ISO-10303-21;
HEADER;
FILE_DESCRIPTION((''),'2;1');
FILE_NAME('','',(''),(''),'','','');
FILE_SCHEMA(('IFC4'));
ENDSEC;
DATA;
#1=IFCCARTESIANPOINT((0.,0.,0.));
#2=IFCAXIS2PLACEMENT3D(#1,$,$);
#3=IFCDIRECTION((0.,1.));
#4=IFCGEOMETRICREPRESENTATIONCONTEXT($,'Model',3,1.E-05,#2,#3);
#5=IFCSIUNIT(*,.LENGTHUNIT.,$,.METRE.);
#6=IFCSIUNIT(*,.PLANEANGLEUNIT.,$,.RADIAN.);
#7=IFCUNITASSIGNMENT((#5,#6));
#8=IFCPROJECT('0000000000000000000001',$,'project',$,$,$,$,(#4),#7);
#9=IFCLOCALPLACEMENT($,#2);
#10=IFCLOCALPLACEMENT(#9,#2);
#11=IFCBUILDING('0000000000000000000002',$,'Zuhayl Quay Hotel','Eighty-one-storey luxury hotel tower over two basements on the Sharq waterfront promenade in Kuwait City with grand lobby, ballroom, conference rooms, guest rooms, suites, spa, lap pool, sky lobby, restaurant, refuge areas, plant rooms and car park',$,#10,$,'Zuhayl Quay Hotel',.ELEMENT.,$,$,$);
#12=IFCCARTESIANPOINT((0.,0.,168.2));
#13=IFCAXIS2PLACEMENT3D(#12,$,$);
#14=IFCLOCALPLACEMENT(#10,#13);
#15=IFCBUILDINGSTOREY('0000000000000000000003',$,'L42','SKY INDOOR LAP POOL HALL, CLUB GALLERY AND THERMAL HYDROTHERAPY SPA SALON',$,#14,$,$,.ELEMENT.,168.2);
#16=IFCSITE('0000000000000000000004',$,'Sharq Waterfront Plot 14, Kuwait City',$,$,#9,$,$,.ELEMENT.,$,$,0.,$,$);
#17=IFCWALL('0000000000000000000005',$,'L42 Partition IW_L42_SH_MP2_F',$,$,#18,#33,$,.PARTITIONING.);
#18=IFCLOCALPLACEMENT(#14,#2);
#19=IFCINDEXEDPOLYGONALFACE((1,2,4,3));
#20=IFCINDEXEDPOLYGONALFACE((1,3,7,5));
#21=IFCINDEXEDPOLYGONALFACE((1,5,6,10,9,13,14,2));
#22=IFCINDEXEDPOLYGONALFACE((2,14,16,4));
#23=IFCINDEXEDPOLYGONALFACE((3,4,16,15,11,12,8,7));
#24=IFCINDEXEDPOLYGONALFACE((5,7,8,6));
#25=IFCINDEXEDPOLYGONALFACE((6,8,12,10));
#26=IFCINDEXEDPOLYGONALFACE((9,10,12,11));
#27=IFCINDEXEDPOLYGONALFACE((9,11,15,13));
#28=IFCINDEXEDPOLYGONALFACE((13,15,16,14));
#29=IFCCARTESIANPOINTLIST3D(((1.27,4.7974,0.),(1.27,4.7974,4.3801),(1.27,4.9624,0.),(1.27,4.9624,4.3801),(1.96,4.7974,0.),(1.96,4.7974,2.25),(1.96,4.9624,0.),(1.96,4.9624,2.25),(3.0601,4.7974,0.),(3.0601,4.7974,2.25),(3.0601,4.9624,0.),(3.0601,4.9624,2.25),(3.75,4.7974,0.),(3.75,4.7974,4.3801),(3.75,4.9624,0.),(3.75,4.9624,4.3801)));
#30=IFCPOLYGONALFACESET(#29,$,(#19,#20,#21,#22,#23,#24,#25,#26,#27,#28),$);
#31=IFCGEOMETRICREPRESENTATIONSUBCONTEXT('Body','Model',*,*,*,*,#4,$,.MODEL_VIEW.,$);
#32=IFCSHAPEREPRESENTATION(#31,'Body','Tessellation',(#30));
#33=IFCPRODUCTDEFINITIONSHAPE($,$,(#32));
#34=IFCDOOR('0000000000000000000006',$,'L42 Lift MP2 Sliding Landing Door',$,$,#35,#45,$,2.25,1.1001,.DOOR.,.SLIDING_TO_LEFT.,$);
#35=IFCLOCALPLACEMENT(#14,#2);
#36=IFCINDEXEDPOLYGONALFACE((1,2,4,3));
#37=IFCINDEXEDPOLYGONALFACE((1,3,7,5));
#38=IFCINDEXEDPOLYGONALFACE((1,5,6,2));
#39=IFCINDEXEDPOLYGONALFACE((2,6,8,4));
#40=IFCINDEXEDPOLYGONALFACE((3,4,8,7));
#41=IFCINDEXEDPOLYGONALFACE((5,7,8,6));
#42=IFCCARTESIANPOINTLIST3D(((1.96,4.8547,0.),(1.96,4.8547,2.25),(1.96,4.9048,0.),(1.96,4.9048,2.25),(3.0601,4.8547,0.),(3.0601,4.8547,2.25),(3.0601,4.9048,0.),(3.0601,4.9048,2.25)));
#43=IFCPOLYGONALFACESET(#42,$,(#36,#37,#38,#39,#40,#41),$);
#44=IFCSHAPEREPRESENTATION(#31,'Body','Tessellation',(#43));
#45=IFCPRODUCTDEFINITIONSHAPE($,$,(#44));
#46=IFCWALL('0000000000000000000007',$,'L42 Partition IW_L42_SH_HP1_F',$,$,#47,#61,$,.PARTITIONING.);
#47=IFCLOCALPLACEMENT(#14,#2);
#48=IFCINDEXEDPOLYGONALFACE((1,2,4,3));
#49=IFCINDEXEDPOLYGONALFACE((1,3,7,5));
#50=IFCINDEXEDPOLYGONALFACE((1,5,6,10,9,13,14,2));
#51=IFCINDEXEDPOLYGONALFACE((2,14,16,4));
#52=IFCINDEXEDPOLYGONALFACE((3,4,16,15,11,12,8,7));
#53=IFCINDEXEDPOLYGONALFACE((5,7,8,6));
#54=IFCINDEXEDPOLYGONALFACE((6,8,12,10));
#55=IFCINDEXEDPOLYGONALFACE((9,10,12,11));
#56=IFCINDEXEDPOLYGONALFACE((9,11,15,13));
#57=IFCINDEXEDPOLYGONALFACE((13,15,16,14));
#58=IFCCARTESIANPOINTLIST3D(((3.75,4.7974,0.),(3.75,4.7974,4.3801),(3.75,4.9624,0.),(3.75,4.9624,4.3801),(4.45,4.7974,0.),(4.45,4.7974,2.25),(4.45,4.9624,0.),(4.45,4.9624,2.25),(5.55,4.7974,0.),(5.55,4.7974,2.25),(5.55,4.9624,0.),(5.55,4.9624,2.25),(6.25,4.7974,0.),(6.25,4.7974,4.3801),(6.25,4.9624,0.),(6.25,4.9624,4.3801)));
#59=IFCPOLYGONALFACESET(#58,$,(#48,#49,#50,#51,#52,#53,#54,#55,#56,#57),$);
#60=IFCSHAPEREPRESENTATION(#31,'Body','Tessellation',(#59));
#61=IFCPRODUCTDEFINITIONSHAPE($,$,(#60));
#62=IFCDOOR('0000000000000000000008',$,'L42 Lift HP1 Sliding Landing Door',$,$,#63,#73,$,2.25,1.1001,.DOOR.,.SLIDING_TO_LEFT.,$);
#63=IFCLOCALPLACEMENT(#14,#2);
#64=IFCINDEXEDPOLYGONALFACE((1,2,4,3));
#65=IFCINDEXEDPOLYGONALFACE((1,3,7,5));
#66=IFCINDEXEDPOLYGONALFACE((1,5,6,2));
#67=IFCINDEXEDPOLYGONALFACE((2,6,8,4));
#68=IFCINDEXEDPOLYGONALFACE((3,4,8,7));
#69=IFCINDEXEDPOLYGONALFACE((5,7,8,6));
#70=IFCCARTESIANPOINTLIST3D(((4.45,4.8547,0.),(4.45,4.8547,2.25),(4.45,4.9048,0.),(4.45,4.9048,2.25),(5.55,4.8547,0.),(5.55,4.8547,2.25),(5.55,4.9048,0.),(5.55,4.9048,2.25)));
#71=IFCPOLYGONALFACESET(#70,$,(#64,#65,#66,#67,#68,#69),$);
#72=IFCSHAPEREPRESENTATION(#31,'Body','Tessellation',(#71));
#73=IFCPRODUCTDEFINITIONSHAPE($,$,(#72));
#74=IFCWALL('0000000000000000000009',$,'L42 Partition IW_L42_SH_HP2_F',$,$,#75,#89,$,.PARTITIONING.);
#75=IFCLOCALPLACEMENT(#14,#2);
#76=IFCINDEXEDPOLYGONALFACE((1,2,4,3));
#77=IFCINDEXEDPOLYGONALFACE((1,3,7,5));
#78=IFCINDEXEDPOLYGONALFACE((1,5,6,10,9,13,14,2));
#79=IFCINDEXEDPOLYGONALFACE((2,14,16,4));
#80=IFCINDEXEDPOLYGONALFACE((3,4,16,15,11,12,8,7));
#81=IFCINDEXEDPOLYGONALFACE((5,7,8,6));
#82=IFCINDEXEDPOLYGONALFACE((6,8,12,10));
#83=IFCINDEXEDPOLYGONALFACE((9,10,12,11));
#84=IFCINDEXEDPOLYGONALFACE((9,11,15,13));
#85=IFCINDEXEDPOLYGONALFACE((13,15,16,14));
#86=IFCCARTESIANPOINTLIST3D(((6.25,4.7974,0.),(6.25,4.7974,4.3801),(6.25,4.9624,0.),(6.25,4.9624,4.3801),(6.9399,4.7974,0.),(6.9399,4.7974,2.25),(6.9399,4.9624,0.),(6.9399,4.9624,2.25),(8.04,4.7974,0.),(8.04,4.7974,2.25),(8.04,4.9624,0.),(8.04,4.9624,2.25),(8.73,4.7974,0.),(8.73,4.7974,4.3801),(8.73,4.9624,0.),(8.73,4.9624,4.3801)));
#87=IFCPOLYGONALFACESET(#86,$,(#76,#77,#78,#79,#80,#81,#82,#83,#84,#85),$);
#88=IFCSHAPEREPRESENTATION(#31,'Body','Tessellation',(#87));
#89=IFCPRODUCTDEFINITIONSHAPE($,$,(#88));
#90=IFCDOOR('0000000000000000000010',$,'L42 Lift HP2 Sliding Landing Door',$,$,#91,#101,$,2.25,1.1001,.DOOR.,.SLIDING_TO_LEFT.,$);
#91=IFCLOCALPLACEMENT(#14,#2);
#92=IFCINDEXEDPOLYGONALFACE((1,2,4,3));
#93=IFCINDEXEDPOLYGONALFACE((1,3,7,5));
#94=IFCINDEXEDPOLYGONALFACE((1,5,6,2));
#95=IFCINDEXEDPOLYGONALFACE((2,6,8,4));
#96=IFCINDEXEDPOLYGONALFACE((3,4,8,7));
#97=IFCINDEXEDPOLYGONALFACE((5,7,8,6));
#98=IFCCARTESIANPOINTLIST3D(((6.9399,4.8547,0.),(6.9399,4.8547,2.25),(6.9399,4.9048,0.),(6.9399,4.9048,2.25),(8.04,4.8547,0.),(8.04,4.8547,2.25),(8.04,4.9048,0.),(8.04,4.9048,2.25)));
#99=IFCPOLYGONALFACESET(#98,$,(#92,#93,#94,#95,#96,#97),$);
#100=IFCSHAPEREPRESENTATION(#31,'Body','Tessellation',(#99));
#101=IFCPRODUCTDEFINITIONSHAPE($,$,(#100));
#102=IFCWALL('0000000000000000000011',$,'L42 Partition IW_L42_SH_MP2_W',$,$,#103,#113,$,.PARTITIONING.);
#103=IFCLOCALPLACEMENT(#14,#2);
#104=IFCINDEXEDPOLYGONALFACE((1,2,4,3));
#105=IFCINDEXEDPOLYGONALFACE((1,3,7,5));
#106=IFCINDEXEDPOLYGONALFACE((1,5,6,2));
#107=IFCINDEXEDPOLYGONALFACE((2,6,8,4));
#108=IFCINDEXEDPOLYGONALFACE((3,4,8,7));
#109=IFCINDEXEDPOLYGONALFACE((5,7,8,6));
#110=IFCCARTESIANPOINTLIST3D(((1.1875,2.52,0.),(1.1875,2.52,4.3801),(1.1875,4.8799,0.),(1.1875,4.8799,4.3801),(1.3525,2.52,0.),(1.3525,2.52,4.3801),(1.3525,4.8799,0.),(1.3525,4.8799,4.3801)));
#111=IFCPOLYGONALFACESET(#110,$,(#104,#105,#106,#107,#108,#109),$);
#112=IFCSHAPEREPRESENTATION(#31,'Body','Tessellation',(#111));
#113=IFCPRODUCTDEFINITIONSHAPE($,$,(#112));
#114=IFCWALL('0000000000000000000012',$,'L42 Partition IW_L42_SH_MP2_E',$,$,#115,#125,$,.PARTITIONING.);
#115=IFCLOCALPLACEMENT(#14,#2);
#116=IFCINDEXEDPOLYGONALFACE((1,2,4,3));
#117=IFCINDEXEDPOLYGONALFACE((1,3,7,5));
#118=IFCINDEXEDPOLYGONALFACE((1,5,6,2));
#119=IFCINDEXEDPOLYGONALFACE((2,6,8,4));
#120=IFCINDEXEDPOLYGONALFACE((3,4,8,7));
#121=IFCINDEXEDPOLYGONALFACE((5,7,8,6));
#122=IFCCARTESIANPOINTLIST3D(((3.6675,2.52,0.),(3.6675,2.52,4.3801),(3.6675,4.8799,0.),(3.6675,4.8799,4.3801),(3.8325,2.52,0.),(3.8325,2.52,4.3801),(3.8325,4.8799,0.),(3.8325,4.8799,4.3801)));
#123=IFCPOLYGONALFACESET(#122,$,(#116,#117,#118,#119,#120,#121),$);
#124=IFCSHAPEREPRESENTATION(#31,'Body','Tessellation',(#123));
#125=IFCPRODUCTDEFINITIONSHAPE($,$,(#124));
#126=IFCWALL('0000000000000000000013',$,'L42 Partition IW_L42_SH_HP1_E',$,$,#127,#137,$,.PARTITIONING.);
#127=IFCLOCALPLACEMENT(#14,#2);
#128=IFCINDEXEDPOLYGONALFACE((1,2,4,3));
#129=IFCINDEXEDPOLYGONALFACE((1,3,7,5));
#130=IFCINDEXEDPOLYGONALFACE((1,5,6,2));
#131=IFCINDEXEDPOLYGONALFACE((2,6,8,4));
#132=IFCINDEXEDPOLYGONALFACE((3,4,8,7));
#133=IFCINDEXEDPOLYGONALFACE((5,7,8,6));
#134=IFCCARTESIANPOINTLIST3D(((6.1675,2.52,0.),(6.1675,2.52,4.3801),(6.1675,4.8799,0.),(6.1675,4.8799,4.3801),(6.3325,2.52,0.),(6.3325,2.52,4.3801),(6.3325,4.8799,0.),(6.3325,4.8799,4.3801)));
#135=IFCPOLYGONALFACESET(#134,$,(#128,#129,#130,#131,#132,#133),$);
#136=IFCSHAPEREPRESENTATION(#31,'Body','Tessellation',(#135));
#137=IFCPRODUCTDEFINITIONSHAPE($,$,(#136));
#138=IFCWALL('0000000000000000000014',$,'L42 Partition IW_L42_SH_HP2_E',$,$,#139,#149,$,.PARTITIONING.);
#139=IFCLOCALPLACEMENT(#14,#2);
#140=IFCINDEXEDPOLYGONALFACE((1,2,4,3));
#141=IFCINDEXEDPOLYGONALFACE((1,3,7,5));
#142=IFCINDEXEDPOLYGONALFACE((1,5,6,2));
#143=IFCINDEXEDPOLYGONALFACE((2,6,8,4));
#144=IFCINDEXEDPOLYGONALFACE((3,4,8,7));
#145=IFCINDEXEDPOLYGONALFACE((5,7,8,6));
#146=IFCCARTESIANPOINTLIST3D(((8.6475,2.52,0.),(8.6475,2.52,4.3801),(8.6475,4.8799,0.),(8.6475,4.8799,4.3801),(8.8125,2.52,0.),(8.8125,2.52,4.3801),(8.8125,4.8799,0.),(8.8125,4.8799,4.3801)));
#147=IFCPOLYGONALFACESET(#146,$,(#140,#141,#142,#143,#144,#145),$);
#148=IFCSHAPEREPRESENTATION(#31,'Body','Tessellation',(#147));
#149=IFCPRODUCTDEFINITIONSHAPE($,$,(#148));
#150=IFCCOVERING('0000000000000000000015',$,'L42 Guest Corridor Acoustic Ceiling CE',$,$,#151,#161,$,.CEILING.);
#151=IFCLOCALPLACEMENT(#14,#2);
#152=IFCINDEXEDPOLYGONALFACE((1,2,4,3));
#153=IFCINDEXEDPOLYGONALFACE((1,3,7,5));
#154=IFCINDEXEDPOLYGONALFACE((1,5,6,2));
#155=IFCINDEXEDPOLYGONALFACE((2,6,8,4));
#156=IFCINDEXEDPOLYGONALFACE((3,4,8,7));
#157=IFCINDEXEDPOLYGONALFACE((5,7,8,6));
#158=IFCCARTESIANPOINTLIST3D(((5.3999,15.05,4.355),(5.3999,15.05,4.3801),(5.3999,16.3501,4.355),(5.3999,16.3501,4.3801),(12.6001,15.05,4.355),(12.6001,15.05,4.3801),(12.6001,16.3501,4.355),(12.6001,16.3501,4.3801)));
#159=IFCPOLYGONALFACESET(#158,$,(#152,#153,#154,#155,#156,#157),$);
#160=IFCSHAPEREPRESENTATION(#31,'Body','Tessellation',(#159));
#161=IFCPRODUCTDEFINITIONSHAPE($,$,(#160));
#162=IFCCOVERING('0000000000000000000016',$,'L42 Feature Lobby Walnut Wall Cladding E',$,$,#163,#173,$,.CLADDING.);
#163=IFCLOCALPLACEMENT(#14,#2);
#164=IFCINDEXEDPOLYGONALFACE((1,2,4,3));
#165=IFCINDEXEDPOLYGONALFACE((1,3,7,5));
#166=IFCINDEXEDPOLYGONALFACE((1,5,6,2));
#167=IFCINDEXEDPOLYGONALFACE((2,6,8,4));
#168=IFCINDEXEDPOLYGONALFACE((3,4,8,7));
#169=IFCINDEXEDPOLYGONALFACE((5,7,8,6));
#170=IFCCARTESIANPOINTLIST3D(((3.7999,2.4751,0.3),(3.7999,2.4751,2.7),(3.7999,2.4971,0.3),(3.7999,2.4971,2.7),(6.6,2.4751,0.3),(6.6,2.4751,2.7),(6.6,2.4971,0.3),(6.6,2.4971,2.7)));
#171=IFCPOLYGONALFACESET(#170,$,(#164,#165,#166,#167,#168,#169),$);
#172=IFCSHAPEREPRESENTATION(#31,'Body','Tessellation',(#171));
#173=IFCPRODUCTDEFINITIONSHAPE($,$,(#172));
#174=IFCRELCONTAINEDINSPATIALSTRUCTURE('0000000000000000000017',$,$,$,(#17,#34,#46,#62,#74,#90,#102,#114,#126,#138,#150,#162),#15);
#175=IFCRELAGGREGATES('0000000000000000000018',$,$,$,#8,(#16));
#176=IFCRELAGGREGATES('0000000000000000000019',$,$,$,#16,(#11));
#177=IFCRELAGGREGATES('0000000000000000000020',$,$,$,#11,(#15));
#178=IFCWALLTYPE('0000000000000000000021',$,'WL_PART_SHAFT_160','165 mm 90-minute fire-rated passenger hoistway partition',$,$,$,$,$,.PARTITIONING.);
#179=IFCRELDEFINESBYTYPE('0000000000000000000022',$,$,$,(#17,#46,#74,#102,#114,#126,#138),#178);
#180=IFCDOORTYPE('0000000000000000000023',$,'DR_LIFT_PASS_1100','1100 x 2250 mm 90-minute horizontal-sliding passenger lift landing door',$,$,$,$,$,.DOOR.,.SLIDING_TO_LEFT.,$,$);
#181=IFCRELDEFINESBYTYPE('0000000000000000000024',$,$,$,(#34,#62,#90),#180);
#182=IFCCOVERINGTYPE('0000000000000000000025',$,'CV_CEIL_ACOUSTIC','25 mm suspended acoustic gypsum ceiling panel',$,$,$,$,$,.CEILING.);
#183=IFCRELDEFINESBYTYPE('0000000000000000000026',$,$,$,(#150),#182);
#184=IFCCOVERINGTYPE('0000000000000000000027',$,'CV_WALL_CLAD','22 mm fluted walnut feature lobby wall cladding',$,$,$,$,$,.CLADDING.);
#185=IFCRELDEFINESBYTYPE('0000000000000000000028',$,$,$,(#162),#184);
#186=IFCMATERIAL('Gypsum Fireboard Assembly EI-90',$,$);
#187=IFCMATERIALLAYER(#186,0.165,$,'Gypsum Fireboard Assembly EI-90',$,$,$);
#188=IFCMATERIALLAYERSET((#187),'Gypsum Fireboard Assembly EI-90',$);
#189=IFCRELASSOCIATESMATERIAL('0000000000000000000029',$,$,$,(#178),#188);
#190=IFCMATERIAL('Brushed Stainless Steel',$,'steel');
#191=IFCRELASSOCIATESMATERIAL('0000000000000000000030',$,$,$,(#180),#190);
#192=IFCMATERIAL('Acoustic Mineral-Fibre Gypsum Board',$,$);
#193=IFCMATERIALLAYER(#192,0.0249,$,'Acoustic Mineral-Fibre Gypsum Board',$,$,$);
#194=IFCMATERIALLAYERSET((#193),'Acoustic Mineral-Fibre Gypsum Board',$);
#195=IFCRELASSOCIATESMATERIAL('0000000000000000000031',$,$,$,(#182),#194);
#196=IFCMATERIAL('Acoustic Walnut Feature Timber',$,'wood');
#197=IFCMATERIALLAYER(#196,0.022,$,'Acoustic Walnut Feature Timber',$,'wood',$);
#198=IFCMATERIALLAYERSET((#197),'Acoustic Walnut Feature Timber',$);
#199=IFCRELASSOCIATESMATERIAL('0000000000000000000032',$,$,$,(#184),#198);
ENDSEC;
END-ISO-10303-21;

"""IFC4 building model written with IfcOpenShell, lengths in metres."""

from ifc_helpers import new_model, si_unit, direction, frame, frame_2d, origin, origin_2d, place, context, subcontext, project, spatial, polyline, rectangle, outline, extrude, material, layer, layer_set, type_object, element, fill, save


model = new_model("IFC4")

# Units and contexts
model_context = context("Model", 3, precision=1e-05, world=origin(), true_north=direction((0.0, 1.0)))
body_context = subcontext(model_context, "Body", "Model", "MODEL_VIEW")
ifc_project = project(units=[si_unit("LENGTHUNIT", "METRE"), si_unit("PLANEANGLEUNIT", "RADIAN")], contexts=[model_context])

# Site, building, storey
site_placement = place(None, origin())
site = spatial("IfcSite", under=ifc_project, at=site_placement, Name="Sharq Waterfront Plot 14, Kuwait City", CompositionType="ELEMENT", RefElevation=0.0)
building_placement = place(site_placement, origin())
building = spatial("IfcBuilding", under=site, at=building_placement, Name="Zuhayl Quay Hotel", Description="Eighty-one-storey luxury hotel tower over two basements on the Sharq waterfront promenade in Kuwait City with grand lobby, ballroom, conference rooms, guest rooms, suites, spa, lap pool, sky lobby, restaurant, refuge areas, plant rooms and car park", LongName="Zuhayl Quay Hotel", CompositionType="ELEMENT")
storey_placement = place(building_placement, frame((0.0, 0.0, 168.2)))
storey = spatial("IfcBuildingStorey", under=building, at=storey_placement, Name="L42", Description="SKY INDOOR LAP POOL HALL, CLUB GALLERY AND THERMAL HYDROTHERAPY SPA SALON", CompositionType="ELEMENT", Elevation=168.2)

# Walls, openings, doors
ifc_material_1 = material(Name="Gypsum Fireboard Assembly EI-90")
ifc_layer_1 = layer(ifc_material_1, 0.165, Name="Gypsum Fireboard Assembly EI-90")
ifc_layer_set_1 = layer_set([ifc_layer_1], Name="Gypsum Fireboard Assembly EI-90")
wall_type_1 = type_object("IfcWallType", Name="WL_PART_SHAFT_160", Description="165 mm 90-minute fire-rated passenger hoistway partition", PredefinedType="PARTITIONING", material=ifc_layer_set_1)
wall_1_placement = place(storey_placement, frame((1.27, 4.8799, 0.0), z_axis=(0.0, 0.0, 1.0), x_axis=(1.0, 0.0, 0.0)))
wall_1 = element("IfcWall", 1, at=wall_1_placement, inside=storey, type_object=wall_type_1, Name="L42 Partition IW_L42_SH_MP2_F", PredefinedType="PARTITIONING", context=body_context, shape_type="SweptSolid", body=[
    extrude(rectangle(XDim=2.48, YDim=0.165, at=frame_2d((1.24, 0.0))), origin(), (0.0, 0.0, 1.0), 4.3801),
])
opening_1_placement = place(wall_1_placement, frame((0.6899, 0.0, 0.0)))
opening_1 = element("IfcOpeningElement", 2, at=opening_1_placement, cuts=wall_1, PredefinedType="OPENING", context=body_context, shape_type="SweptSolid", body=[
    extrude(rectangle(XDim=1.1001, YDim=2.25, at=frame_2d((0.55, 1.125))), frame((0.0, 0.0925, 0.0), z_axis=(0.0, -1.0, 0.0), x_axis=(1.0, 0.0, 0.0)), (0.0, 0.0, 1.0), 0.1851),
])
ifc_material_2 = material(Name="Brushed Stainless Steel", Category="steel")
door_type_1 = type_object("IfcDoorType", Name="DR_LIFT_PASS_1100", Description="1100 x 2250 mm 90-minute horizontal-sliding passenger lift landing door", OperationType="SLIDING_TO_LEFT", PredefinedType="DOOR", material=ifc_material_2)
door_1_placement = place(opening_1_placement, origin())
door_1 = element("IfcDoor", 3, at=door_1_placement, inside=storey, type_object=door_type_1, Name="L42 Lift MP2 Sliding Landing Door", OperationType="SLIDING_TO_LEFT", OverallHeight=2.25, OverallWidth=1.1001, PredefinedType="DOOR", context=body_context, shape_type="SweptSolid", body=[
    extrude(rectangle(XDim=1.1001, YDim=2.25, at=frame_2d((0.55, 1.125))), frame((0.0, 0.0249, 0.0), z_axis=(0.0, -1.0, 0.0), x_axis=(1.0, 0.0, 0.0)), (0.0, 0.0, 1.0), 0.05),
])
fill(opening_1, door_1)
wall_2_placement = place(storey_placement, frame((3.75, 4.8799, 0.0), z_axis=(0.0, 0.0, 1.0), x_axis=(1.0, 0.0, 0.0)))
wall_2 = element("IfcWall", 4, at=wall_2_placement, inside=storey, type_object=wall_type_1, Name="L42 Partition IW_L42_SH_HP1_F", PredefinedType="PARTITIONING", context=body_context, shape_type="SweptSolid", body=[
    extrude(rectangle(XDim=2.5, YDim=0.165, at=frame_2d((1.25, 0.0))), origin(), (0.0, 0.0, 1.0), 4.3801),
])
opening_2_placement = place(wall_2_placement, frame((0.7, 0.0, 0.0)))
opening_2 = element("IfcOpeningElement", 5, at=opening_2_placement, cuts=wall_2, PredefinedType="OPENING", context=body_context, shape_type="SweptSolid", body=[
    extrude(rectangle(XDim=1.1001, YDim=2.25, at=frame_2d((0.55, 1.125))), frame((0.0, 0.0925, 0.0), z_axis=(0.0, -1.0, 0.0), x_axis=(1.0, 0.0, 0.0)), (0.0, 0.0, 1.0), 0.1851),
])
door_2_placement = place(opening_2_placement, origin())
door_2 = element("IfcDoor", 6, at=door_2_placement, inside=storey, type_object=door_type_1, Name="L42 Lift HP1 Sliding Landing Door", OperationType="SLIDING_TO_LEFT", OverallHeight=2.25, OverallWidth=1.1001, PredefinedType="DOOR", context=body_context, shape_type="SweptSolid", body=[
    extrude(rectangle(XDim=1.1001, YDim=2.25, at=frame_2d((0.55, 1.125))), frame((0.0, 0.0249, 0.0), z_axis=(0.0, -1.0, 0.0), x_axis=(1.0, 0.0, 0.0)), (0.0, 0.0, 1.0), 0.05),
])
fill(opening_2, door_2)
wall_3_placement = place(storey_placement, frame((6.25, 4.8799, 0.0), z_axis=(0.0, 0.0, 1.0), x_axis=(1.0, 0.0, 0.0)))
wall_3 = element("IfcWall", 7, at=wall_3_placement, inside=storey, type_object=wall_type_1, Name="L42 Partition IW_L42_SH_HP2_F", PredefinedType="PARTITIONING", context=body_context, shape_type="SweptSolid", body=[
    extrude(rectangle(XDim=2.48, YDim=0.165, at=frame_2d((1.24, 0.0))), origin(), (0.0, 0.0, 1.0), 4.3801),
])
opening_3_placement = place(wall_3_placement, frame((0.6899, 0.0, 0.0)))
opening_3 = element("IfcOpeningElement", 8, at=opening_3_placement, cuts=wall_3, PredefinedType="OPENING", context=body_context, shape_type="SweptSolid", body=[
    extrude(rectangle(XDim=1.1001, YDim=2.25, at=frame_2d((0.55, 1.125))), frame((0.0, 0.0925, 0.0), z_axis=(0.0, -1.0, 0.0), x_axis=(1.0, 0.0, 0.0)), (0.0, 0.0, 1.0), 0.1851),
])
door_3_placement = place(opening_3_placement, origin())
door_3 = element("IfcDoor", 9, at=door_3_placement, inside=storey, type_object=door_type_1, Name="L42 Lift HP2 Sliding Landing Door", OperationType="SLIDING_TO_LEFT", OverallHeight=2.25, OverallWidth=1.1001, PredefinedType="DOOR", context=body_context, shape_type="SweptSolid", body=[
    extrude(rectangle(XDim=1.1001, YDim=2.25, at=frame_2d((0.55, 1.125))), frame((0.0, 0.0249, 0.0), z_axis=(0.0, -1.0, 0.0), x_axis=(1.0, 0.0, 0.0)), (0.0, 0.0, 1.0), 0.05),
])
fill(opening_3, door_3)

# Walls
for number, where, z_axis, x_axis, name in (
    (10, (1.27, 2.52, 0.0), (0.0, 0.0, 1.0), (0.0, 1.0, 0.0), "L42 Partition IW_L42_SH_MP2_W"),
    (11, (3.75, 2.52, 0.0), (0.0, 0.0, 1.0), (0.0, 1.0, 0.0), "L42 Partition IW_L42_SH_MP2_E"),
    (12, (6.25, 2.52, 0.0), (0.0, 0.0, 1.0), (0.0, 1.0, 0.0), "L42 Partition IW_L42_SH_HP1_E"),
    (13, (8.73, 2.52, 0.0), (0.0, 0.0, 1.0), (0.0, 1.0, 0.0), "L42 Partition IW_L42_SH_HP2_E"),
):
    element("IfcWall", number, at=place(storey_placement, frame(where, z_axis=z_axis, x_axis=x_axis)), inside=storey, type_object=wall_type_1, Name=name, PredefinedType="PARTITIONING", context=body_context, shape_type="SweptSolid", body=[
        extrude(rectangle(XDim=2.3599, YDim=0.165, at=frame_2d((1.1799, 0.0))), origin(), (0.0, 0.0, 1.0), 4.3801),
    ])

# Coverings
ifc_material_3 = material(Name="Acoustic Mineral-Fibre Gypsum Board")
ifc_layer_2 = layer(ifc_material_3, 0.0249, Name="Acoustic Mineral-Fibre Gypsum Board")
ifc_layer_set_2 = layer_set([ifc_layer_2], Name="Acoustic Mineral-Fibre Gypsum Board")
covering_type_1 = type_object("IfcCoveringType", Name="CV_CEIL_ACOUSTIC", Description="25 mm suspended acoustic gypsum ceiling panel", PredefinedType="CEILING", material=ifc_layer_set_2)
covering_1_placement = place(storey_placement, frame((0.0, 0.0, 4.355)))
element("IfcCovering", 14, at=covering_1_placement, inside=storey, type_object=covering_type_1, Name="L42 Guest Corridor Acoustic Ceiling CE", PredefinedType="CEILING", context=body_context, shape_type="SweptSolid", body=[
    extrude(outline(polyline([(5.3999, 15.05), (12.6001, 15.05), (12.6001, 16.3501), (5.3999, 16.3501), (5.3999, 15.05)])), origin(), (0.0, 0.0, 1.0), 0.0251),
])
ifc_material_4 = material(Name="Acoustic Walnut Feature Timber", Category="wood")
ifc_layer_3 = layer(ifc_material_4, 0.022, Name="Acoustic Walnut Feature Timber", Category="wood")
ifc_layer_set_3 = layer_set([ifc_layer_3], Name="Acoustic Walnut Feature Timber")
covering_type_2 = type_object("IfcCoveringType", Name="CV_WALL_CLAD", Description="22 mm fluted walnut feature lobby wall cladding", PredefinedType="CLADDING", material=ifc_layer_set_3)
covering_2_placement = place(storey_placement, frame((5.2, 2.4861, 0.3), z_axis=(0.0, 0.0, 1.0), x_axis=(1.0, 0.0, 0.0)))
element("IfcCovering", 15, at=covering_2_placement, inside=storey, type_object=covering_type_2, Name="L42 Feature Lobby Walnut Wall Cladding E", PredefinedType="CLADDING", context=body_context, shape_type="SweptSolid", body=[
    extrude(rectangle(XDim=2.8, YDim=0.022, at=origin_2d()), origin(), (0.0, 0.0, 1.0), 2.3999),
])

save(model, "model.ifc")
